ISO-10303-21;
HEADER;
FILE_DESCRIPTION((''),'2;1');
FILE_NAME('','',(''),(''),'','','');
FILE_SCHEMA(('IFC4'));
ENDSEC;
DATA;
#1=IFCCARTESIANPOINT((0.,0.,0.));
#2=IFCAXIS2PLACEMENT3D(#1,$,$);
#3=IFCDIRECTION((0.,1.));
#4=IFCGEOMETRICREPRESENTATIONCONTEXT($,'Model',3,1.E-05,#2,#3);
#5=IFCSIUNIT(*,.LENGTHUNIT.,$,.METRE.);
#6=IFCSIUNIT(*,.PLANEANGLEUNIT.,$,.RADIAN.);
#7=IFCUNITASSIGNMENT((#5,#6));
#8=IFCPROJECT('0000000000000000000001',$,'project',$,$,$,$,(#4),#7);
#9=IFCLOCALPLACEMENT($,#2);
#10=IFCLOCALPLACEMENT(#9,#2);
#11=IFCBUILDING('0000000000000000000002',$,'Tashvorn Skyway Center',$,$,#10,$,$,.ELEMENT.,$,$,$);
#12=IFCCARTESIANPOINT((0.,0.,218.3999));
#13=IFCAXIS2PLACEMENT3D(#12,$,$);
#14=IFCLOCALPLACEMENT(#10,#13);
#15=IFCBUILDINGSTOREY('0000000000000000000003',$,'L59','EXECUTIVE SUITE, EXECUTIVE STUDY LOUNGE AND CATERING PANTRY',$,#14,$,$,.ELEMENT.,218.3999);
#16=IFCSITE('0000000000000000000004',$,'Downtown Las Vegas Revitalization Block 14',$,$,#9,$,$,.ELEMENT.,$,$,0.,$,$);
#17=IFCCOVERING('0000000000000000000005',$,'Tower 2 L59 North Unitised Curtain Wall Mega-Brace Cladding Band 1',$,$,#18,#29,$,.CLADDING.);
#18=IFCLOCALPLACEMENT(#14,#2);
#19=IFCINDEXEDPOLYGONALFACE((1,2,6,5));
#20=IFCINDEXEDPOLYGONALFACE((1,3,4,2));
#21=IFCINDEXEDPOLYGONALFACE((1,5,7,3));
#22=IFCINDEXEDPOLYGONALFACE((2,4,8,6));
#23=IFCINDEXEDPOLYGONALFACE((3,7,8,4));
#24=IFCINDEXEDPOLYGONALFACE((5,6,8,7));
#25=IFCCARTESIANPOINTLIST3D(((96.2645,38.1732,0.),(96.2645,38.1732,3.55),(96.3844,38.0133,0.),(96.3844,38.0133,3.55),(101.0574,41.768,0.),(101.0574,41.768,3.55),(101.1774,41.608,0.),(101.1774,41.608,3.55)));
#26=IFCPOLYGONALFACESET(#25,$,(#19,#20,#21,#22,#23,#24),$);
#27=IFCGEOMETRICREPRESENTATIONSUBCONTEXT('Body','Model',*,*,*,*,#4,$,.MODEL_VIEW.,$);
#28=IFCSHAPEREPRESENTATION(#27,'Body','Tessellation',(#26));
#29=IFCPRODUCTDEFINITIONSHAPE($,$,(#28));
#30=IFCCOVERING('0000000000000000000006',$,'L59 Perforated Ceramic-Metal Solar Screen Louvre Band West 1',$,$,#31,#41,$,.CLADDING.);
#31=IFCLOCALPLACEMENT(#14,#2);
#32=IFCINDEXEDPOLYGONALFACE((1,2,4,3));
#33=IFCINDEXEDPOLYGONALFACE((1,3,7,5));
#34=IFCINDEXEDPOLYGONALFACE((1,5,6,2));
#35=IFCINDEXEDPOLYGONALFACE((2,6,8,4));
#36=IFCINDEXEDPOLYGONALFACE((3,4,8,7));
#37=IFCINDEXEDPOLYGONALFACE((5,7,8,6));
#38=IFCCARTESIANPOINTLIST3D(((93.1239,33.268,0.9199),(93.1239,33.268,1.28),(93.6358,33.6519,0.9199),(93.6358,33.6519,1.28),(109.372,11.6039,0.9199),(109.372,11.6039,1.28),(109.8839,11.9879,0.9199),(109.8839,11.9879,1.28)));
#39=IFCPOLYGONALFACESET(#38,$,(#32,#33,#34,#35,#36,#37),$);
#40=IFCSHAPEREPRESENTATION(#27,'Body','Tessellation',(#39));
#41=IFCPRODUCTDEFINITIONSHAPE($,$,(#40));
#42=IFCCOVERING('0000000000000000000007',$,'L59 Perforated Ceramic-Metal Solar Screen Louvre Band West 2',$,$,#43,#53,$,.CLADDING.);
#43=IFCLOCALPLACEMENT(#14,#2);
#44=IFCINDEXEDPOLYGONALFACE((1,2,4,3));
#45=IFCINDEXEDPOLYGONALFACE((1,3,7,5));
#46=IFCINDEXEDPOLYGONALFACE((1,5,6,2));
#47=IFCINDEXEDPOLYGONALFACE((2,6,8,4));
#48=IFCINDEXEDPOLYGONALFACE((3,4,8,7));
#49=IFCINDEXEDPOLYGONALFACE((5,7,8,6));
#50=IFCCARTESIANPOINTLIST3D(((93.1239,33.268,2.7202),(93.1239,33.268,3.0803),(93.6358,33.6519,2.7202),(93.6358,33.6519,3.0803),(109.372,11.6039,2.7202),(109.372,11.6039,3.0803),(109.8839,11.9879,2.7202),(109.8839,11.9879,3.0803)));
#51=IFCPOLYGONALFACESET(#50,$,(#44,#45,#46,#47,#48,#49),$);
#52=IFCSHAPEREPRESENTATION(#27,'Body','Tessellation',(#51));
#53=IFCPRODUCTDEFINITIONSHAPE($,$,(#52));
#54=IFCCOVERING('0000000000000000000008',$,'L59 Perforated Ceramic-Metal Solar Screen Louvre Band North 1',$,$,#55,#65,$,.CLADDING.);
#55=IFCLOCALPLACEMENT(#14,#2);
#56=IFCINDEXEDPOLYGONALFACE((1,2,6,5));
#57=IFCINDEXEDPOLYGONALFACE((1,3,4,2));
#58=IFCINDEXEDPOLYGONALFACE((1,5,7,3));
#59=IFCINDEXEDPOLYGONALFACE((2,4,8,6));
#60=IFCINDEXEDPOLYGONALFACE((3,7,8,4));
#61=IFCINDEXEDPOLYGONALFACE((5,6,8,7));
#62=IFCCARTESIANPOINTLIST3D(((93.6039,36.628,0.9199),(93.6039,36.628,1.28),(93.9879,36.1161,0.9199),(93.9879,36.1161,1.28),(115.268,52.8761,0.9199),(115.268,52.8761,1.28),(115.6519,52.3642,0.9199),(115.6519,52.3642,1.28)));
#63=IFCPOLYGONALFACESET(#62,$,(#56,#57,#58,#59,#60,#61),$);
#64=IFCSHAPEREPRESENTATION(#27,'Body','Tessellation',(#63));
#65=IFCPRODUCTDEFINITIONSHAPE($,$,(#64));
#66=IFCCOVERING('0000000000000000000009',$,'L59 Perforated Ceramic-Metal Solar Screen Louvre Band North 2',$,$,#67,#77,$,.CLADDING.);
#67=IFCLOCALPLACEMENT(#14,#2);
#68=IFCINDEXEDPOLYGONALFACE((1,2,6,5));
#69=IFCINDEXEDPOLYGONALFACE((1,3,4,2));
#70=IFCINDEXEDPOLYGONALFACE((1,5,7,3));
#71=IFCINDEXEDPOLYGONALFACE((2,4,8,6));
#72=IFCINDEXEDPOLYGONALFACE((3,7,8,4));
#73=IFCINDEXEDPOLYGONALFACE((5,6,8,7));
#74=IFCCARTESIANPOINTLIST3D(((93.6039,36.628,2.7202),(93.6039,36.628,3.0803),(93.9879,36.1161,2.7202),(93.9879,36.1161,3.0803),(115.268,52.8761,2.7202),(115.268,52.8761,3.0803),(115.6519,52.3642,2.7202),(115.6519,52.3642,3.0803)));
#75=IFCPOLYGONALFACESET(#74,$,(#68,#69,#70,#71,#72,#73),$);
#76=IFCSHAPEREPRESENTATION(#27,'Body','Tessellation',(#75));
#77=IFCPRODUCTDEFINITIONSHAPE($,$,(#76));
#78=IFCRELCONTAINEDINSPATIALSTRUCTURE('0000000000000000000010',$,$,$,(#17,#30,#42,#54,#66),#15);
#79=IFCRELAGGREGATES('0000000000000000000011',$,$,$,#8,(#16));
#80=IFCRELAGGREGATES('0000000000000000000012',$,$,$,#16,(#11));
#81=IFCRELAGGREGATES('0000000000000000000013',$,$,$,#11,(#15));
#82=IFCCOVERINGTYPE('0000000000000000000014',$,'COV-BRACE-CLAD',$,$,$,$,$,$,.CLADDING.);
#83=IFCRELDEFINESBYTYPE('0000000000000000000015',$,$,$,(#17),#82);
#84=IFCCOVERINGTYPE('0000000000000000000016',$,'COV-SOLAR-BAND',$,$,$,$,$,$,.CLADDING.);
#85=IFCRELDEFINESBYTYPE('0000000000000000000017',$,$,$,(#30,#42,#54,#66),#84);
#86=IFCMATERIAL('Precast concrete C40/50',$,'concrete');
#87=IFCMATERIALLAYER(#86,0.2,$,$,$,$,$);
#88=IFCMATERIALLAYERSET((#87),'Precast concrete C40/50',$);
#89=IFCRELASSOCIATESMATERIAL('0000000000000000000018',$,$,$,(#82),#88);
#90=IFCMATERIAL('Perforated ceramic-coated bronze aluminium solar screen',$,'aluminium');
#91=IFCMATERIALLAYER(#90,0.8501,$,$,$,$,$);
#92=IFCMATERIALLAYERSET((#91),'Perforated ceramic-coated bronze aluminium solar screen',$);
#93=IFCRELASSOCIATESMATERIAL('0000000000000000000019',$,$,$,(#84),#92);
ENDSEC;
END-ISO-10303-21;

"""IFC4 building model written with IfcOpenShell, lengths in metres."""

from ifc_helpers import new_model, si_unit, direction, frame, origin, origin_2d, place, context, subcontext, project, spatial, rectangle, extrude, material, layer, layer_set, type_object, element, save


model = new_model("IFC4")

# Units and contexts
model_context = context("Model", 3, precision=1e-05, world=origin(), true_north=direction((0.0, 1.0)))
body_context = subcontext(model_context, "Body", "Model", "MODEL_VIEW")
ifc_project = project(units=[si_unit("LENGTHUNIT", "METRE"), si_unit("PLANEANGLEUNIT", "RADIAN")], contexts=[model_context])

# Site, building, storey
site_placement = place(None, origin())
site = spatial("IfcSite", under=ifc_project, at=site_placement, Name="Downtown Las Vegas Revitalization Block 14", CompositionType="ELEMENT", RefElevation=0.0)
building_placement = place(site_placement, origin())
building = spatial("IfcBuilding", under=site, at=building_placement, Name="Tashvorn Skyway Center", CompositionType="ELEMENT")
storey_placement = place(building_placement, frame((0.0, 0.0, 218.3999)))
storey = spatial("IfcBuildingStorey", under=building, at=storey_placement, Name="L59", Description="EXECUTIVE SUITE, EXECUTIVE STUDY LOUNGE AND CATERING PANTRY", CompositionType="ELEMENT", Elevation=218.3999)

# Coverings
ifc_material_1 = material(Name="Precast concrete C40/50", Category="concrete")
ifc_layer_1 = layer(ifc_material_1, 0.2)
ifc_layer_set_1 = layer_set([ifc_layer_1], Name="Precast concrete C40/50")
covering_type_1 = type_object("IfcCoveringType", Name="COV-BRACE-CLAD", PredefinedType="CLADDING", material=ifc_layer_set_1)
covering_placement = place(storey_placement, frame((98.7209, 39.8906, 0.0), z_axis=(0.0, 0.0, 1.0), x_axis=(0.8, 0.6, 0.0)))
element("IfcCovering", 1, at=covering_placement, inside=storey, type_object=covering_type_1, Name="Tower 2 L59 North Unitised Curtain Wall Mega-Brace Cladding Band 1", PredefinedType="CLADDING", context=body_context, shape_type="SweptSolid", body=[
    extrude(rectangle(XDim=5.9912, YDim=0.2, at=origin_2d()), origin(), (0.0, 0.0, 1.0), 3.55),
])
ifc_material_2 = material(Name="Perforated ceramic-coated bronze aluminium solar screen", Category="aluminium")
ifc_layer_2 = layer(ifc_material_2, 0.8501)
ifc_layer_set_2 = layer_set([ifc_layer_2], Name="Perforated ceramic-coated bronze aluminium solar screen")
covering_type_2 = type_object("IfcCoveringType", Name="COV-SOLAR-BAND", PredefinedType="CLADDING", material=ifc_layer_set_2)
for number, where, z_axis, x_axis, name in (
    (2, (101.5039, 22.6279, 0.9199), (0.0, 0.0, 1.0), (-0.6, 0.8, 0.0), "L59 Perforated Ceramic-Metal Solar Screen Louvre Band West 1"),
    (3, (101.5039, 22.6279, 2.7202), (0.0, 0.0, 1.0), (-0.6, 0.8, 0.0), "L59 Perforated Ceramic-Metal Solar Screen Louvre Band West 2"),
    (4, (104.6279, 44.4961, 0.9199), (0.0, 0.0, 1.0), (0.8, 0.6, 0.0), "L59 Perforated Ceramic-Metal Solar Screen Louvre Band North 1"),
    (5, (104.6279, 44.4961, 2.7202), (0.0, 0.0, 1.0), (0.8, 0.6, 0.0), "L59 Perforated Ceramic-Metal Solar Screen Louvre Band North 2"),
):
    element("IfcCovering", number, at=place(storey_placement, frame(where, z_axis=z_axis, x_axis=x_axis)), inside=storey, type_object=covering_type_2, Name=name, PredefinedType="CLADDING", context=body_context, shape_type="SweptSolid", body=[
        extrude(rectangle(XDim=27.0801, YDim=0.6399, at=origin_2d()), origin(), (0.0, 0.0, 1.0), 0.3601),
    ])

save(model, "model.ifc")
